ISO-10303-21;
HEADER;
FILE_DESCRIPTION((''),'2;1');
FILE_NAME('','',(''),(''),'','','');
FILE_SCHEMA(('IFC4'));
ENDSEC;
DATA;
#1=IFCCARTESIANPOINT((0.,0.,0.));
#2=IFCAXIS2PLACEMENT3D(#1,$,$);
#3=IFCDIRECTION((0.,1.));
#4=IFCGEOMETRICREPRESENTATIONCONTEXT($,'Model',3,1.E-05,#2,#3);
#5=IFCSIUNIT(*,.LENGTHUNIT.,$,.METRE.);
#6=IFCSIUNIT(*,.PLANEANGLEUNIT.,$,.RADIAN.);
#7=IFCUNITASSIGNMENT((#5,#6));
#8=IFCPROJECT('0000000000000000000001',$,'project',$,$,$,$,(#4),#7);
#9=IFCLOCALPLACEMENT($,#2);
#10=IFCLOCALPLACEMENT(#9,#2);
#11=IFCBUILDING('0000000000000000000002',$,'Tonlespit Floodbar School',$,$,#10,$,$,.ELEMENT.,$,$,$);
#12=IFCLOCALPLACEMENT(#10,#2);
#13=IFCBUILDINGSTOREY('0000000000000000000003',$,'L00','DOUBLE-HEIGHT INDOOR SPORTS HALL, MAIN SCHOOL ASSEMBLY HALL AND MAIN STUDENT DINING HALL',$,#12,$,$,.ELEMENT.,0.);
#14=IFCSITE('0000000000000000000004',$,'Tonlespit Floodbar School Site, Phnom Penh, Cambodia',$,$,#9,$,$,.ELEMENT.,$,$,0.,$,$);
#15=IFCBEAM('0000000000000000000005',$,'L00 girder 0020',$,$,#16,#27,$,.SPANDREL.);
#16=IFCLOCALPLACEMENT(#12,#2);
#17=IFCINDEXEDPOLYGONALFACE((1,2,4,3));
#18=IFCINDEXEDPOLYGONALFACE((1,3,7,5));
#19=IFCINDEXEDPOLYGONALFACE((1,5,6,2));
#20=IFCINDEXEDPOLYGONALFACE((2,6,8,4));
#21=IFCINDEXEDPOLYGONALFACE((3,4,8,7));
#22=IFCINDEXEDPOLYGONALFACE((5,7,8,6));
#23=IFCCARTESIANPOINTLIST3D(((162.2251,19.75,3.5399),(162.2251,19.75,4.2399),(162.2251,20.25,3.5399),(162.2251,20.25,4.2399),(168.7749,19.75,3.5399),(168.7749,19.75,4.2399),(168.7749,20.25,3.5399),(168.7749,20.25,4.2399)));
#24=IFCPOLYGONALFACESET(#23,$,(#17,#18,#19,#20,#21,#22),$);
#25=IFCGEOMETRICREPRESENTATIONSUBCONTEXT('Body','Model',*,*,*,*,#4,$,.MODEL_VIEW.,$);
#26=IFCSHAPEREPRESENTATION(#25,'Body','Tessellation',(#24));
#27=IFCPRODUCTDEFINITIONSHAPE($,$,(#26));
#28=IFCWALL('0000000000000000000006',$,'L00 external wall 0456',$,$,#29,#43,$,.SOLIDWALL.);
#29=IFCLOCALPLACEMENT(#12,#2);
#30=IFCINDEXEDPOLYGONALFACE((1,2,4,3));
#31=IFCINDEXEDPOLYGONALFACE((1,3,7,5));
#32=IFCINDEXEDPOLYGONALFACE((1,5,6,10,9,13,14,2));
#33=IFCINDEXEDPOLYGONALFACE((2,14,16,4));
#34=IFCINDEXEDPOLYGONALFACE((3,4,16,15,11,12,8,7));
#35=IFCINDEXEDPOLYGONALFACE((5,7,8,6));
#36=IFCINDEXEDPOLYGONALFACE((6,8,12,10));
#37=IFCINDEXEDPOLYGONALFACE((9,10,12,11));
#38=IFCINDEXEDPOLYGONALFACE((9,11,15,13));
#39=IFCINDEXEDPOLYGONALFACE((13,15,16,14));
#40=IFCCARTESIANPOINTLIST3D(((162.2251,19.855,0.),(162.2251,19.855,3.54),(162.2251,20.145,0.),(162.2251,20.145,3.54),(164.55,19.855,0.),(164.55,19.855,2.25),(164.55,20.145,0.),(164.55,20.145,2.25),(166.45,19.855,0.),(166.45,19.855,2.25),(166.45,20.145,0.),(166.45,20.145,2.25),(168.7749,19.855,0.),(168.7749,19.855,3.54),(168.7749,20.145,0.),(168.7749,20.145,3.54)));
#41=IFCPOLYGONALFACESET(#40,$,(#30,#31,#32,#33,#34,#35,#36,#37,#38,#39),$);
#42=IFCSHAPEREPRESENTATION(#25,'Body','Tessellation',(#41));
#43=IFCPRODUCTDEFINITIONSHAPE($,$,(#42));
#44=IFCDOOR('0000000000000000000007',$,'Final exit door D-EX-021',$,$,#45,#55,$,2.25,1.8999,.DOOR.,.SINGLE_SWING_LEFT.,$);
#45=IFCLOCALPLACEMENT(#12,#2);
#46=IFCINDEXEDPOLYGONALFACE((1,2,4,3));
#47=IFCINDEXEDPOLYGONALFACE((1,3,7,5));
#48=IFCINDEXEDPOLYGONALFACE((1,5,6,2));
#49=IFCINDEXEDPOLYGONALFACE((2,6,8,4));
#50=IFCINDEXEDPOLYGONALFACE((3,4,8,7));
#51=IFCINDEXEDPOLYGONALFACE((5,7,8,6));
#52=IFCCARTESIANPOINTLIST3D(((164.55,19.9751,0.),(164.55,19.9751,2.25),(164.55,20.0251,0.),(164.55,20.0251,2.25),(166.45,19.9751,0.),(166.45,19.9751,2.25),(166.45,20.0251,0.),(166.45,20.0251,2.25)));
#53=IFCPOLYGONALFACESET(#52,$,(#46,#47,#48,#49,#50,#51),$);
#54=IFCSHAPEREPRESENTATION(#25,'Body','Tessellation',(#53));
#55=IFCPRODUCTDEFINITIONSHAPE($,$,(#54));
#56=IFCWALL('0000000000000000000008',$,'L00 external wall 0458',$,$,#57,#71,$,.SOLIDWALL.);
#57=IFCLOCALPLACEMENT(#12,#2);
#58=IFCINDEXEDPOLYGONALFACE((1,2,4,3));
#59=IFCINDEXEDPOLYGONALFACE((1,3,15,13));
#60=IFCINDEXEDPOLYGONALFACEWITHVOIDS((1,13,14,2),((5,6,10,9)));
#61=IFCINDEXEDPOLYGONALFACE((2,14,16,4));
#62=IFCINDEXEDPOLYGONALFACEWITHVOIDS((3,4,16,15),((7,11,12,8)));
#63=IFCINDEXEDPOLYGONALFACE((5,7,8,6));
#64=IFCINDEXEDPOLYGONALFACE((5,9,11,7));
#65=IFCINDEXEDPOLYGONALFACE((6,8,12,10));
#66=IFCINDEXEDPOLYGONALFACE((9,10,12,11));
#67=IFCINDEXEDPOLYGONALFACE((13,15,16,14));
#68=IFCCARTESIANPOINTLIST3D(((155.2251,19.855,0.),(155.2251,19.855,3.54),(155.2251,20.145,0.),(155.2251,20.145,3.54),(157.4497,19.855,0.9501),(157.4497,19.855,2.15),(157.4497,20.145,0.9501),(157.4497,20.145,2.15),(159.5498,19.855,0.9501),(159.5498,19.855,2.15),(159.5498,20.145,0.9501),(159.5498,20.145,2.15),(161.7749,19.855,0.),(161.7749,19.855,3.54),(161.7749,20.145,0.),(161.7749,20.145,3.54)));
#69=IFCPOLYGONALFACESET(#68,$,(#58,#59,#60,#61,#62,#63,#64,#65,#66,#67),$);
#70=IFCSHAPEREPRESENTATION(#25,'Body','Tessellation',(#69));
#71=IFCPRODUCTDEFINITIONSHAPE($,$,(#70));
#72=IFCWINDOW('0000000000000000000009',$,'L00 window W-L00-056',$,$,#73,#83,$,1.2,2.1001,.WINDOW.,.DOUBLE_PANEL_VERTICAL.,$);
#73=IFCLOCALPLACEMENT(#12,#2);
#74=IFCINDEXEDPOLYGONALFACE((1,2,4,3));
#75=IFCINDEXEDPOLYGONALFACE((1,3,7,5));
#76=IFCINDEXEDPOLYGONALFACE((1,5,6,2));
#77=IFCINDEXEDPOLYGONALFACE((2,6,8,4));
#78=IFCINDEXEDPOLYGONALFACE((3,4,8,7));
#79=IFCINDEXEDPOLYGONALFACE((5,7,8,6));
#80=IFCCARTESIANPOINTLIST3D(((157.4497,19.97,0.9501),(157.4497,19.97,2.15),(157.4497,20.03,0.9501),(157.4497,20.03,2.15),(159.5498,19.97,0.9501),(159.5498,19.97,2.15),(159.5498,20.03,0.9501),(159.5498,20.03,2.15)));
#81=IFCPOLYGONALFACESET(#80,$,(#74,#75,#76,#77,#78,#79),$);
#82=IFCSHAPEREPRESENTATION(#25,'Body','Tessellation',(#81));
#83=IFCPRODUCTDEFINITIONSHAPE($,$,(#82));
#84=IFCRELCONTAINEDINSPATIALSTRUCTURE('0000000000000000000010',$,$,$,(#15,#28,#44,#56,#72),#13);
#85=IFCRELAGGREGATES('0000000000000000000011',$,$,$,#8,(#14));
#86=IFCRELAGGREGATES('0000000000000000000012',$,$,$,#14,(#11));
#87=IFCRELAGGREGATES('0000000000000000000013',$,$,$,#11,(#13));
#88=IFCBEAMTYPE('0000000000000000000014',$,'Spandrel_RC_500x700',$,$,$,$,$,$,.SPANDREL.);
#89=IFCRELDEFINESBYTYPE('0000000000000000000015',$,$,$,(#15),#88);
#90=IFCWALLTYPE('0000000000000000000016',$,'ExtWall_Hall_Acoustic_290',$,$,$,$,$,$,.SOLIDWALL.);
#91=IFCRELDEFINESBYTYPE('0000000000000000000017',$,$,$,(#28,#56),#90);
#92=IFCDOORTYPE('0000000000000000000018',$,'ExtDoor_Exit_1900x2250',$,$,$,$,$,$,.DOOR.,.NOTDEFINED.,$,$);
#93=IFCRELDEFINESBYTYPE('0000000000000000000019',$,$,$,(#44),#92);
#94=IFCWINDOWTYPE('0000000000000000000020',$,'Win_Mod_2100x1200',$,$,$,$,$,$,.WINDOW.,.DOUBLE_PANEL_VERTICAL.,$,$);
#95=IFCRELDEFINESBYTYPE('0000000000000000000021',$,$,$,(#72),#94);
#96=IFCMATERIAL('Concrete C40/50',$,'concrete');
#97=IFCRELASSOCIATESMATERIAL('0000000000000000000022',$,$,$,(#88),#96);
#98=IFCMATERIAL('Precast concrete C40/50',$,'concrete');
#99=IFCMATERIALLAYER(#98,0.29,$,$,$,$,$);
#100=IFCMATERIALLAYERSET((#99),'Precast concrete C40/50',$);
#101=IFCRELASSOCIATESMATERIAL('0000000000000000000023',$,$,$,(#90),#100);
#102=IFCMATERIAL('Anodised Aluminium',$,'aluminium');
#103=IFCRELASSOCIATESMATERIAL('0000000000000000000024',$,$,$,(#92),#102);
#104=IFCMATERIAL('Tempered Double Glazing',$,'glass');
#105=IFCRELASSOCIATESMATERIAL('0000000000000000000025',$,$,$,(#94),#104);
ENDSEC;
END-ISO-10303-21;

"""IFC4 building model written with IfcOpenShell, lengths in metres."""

from ifc_helpers import new_model, si_unit, direction, frame, frame_2d, origin, origin_2d, place, context, subcontext, project, spatial, rectangle, extrude, material, layer, layer_set, material_profile, profile_set, type_object, element, fill, save


model = new_model("IFC4")

# Units and contexts
model_context = context("Model", 3, precision=1e-05, world=origin(), true_north=direction((0.0, 1.0)))
body_context = subcontext(model_context, "Body", "Model", "MODEL_VIEW")
ifc_project = project(units=[si_unit("LENGTHUNIT", "METRE"), si_unit("PLANEANGLEUNIT", "RADIAN")], contexts=[model_context])

# Site, building, storey
site_placement = place(None, origin())
site = spatial("IfcSite", under=ifc_project, at=site_placement, Name="Tonlespit Floodbar School Site, Phnom Penh, Cambodia", CompositionType="ELEMENT", RefElevation=0.0)
building_placement = place(site_placement, origin())
building = spatial("IfcBuilding", under=site, at=building_placement, Name="Tonlespit Floodbar School", CompositionType="ELEMENT")
storey_placement = place(building_placement, origin())
storey = spatial("IfcBuildingStorey", under=building, at=storey_placement, Name="L00", Description="DOUBLE-HEIGHT INDOOR SPORTS HALL, MAIN SCHOOL ASSEMBLY HALL AND MAIN STUDENT DINING HALL", CompositionType="ELEMENT", Elevation=0.0)

# Shared definitions
ifc_material_1 = material(Name="Concrete C40/50", Category="concrete")

# Beam
ifc_material_profile_1 = material_profile(ifc_material_1, rectangle(XDim=0.5, YDim=0.7, at=origin_2d()), Name="RC 500x700")
ifc_profile_set_1 = profile_set([ifc_material_profile_1], Name="Concrete C40/50")
beam_type = type_object("IfcBeamType", Name="Spandrel_RC_500x700", PredefinedType="SPANDREL", material=ifc_profile_set_1)
for number, where, z_axis, x_axis, name in (
    (1, (162.2251, 20.0, 3.8899), (1.0, 0.0, 0.0), (0.0, 1.0, 0.0), "L00 girder 0020"),
):
    element("IfcBeam", number, at=place(storey_placement, frame(where, z_axis=z_axis, x_axis=x_axis)), inside=storey, type_object=beam_type, Name=name, PredefinedType="SPANDREL", context=body_context, shape_type="SweptSolid", body=[
        extrude(rectangle(XDim=0.5, YDim=0.7, at=origin_2d()), origin(), (0.0, 0.0, 1.0), 6.5498),
    ])

# Wall, opening, door
ifc_material_2 = material(Name="Precast concrete C40/50", Category="concrete")
ifc_layer = layer(ifc_material_2, 0.29)
ifc_layer_set = layer_set([ifc_layer], Name="Precast concrete C40/50")
wall_type = type_object("IfcWallType", Name="ExtWall_Hall_Acoustic_290", PredefinedType="SOLIDWALL", material=ifc_layer_set)
wall_1_placement = place(storey_placement, frame((168.7749, 20.0, 0.0), z_axis=(0.0, 0.0, 1.0), x_axis=(-1.0, 0.0, 0.0)))
wall_1 = element("IfcWall", 2, at=wall_1_placement, inside=storey, type_object=wall_type, Name="L00 external wall 0456", PredefinedType="SOLIDWALL", context=body_context, shape_type="SweptSolid", body=[
    extrude(rectangle(XDim=6.5498, YDim=0.29, at=frame_2d((3.2749, 0.0))), origin(), (0.0, 0.0, 1.0), 3.54),
])
opening_1_placement = place(wall_1_placement, frame((2.325, 0.0, 0.0)))
opening_1 = element("IfcOpeningElement", 3, at=opening_1_placement, cuts=wall_1, PredefinedType="OPENING", context=body_context, shape_type="SweptSolid", body=[
    extrude(rectangle(XDim=1.8999, YDim=2.25, at=frame_2d((0.95, 1.125))), frame((0.0, 0.155, 0.0), z_axis=(0.0, -1.0, 0.0), x_axis=(1.0, 0.0, 0.0)), (0.0, 0.0, 1.0), 0.3101),
])
ifc_material_3 = material(Name="Anodised Aluminium", Category="aluminium")
door_type = type_object("IfcDoorType", Name="ExtDoor_Exit_1900x2250", OperationType="NOTDEFINED", PredefinedType="DOOR", material=ifc_material_3)
door_placement = place(opening_1_placement, origin())
door = element("IfcDoor", 4, at=door_placement, inside=storey, type_object=door_type, Name="Final exit door D-EX-021", OperationType="SINGLE_SWING_LEFT", OverallHeight=2.25, OverallWidth=1.8999, PredefinedType="DOOR", context=body_context, shape_type="SweptSolid", body=[
    extrude(rectangle(XDim=1.8999, YDim=2.25, at=frame_2d((0.95, 1.125))), frame((0.0, 0.0249, 0.0), z_axis=(0.0, -1.0, 0.0), x_axis=(1.0, 0.0, 0.0)), (0.0, 0.0, 1.0), 0.05),
])
fill(opening_1, door)

# Wall, opening, window
wall_2_placement = place(storey_placement, frame((161.7749, 20.0, 0.0), z_axis=(0.0, 0.0, 1.0), x_axis=(-1.0, 0.0, 0.0)))
wall_2 = element("IfcWall", 5, at=wall_2_placement, inside=storey, type_object=wall_type, Name="L00 external wall 0458", PredefinedType="SOLIDWALL", context=body_context, shape_type="SweptSolid", body=[
    extrude(rectangle(XDim=6.5498, YDim=0.29, at=frame_2d((3.2749, 0.0))), origin(), (0.0, 0.0, 1.0), 3.54),
])
opening_2_placement = place(wall_2_placement, frame((2.2251, 0.0, 0.95)))
opening_2 = element("IfcOpeningElement", 6, at=opening_2_placement, cuts=wall_2, PredefinedType="OPENING", context=body_context, shape_type="SweptSolid", body=[
    extrude(rectangle(XDim=2.1001, YDim=1.2, at=frame_2d((1.05, 0.6001))), frame((0.0, 0.155, 0.0), z_axis=(0.0, -1.0, 0.0), x_axis=(1.0, 0.0, 0.0)), (0.0, 0.0, 1.0), 0.3101),
])
ifc_material_4 = material(Name="Tempered Double Glazing", Category="glass")
window_type = type_object("IfcWindowType", Name="Win_Mod_2100x1200", PartitioningType="DOUBLE_PANEL_VERTICAL", PredefinedType="WINDOW", material=ifc_material_4)
window_placement = place(opening_2_placement, origin())
window = element("IfcWindow", 7, at=window_placement, inside=storey, type_object=window_type, Name="L00 window W-L00-056", OverallHeight=1.2, OverallWidth=2.1001, PartitioningType="DOUBLE_PANEL_VERTICAL", PredefinedType="WINDOW", context=body_context, shape_type="SweptSolid", body=[
    extrude(rectangle(XDim=2.1001, YDim=1.2, at=frame_2d((1.05, 0.6001))), frame((0.0, 0.03, 0.0), z_axis=(0.0, -1.0, 0.0), x_axis=(1.0, 0.0, 0.0)), (0.0, 0.0, 1.0), 0.0601),
])
fill(opening_2, window)

save(model, "model.ifc")
